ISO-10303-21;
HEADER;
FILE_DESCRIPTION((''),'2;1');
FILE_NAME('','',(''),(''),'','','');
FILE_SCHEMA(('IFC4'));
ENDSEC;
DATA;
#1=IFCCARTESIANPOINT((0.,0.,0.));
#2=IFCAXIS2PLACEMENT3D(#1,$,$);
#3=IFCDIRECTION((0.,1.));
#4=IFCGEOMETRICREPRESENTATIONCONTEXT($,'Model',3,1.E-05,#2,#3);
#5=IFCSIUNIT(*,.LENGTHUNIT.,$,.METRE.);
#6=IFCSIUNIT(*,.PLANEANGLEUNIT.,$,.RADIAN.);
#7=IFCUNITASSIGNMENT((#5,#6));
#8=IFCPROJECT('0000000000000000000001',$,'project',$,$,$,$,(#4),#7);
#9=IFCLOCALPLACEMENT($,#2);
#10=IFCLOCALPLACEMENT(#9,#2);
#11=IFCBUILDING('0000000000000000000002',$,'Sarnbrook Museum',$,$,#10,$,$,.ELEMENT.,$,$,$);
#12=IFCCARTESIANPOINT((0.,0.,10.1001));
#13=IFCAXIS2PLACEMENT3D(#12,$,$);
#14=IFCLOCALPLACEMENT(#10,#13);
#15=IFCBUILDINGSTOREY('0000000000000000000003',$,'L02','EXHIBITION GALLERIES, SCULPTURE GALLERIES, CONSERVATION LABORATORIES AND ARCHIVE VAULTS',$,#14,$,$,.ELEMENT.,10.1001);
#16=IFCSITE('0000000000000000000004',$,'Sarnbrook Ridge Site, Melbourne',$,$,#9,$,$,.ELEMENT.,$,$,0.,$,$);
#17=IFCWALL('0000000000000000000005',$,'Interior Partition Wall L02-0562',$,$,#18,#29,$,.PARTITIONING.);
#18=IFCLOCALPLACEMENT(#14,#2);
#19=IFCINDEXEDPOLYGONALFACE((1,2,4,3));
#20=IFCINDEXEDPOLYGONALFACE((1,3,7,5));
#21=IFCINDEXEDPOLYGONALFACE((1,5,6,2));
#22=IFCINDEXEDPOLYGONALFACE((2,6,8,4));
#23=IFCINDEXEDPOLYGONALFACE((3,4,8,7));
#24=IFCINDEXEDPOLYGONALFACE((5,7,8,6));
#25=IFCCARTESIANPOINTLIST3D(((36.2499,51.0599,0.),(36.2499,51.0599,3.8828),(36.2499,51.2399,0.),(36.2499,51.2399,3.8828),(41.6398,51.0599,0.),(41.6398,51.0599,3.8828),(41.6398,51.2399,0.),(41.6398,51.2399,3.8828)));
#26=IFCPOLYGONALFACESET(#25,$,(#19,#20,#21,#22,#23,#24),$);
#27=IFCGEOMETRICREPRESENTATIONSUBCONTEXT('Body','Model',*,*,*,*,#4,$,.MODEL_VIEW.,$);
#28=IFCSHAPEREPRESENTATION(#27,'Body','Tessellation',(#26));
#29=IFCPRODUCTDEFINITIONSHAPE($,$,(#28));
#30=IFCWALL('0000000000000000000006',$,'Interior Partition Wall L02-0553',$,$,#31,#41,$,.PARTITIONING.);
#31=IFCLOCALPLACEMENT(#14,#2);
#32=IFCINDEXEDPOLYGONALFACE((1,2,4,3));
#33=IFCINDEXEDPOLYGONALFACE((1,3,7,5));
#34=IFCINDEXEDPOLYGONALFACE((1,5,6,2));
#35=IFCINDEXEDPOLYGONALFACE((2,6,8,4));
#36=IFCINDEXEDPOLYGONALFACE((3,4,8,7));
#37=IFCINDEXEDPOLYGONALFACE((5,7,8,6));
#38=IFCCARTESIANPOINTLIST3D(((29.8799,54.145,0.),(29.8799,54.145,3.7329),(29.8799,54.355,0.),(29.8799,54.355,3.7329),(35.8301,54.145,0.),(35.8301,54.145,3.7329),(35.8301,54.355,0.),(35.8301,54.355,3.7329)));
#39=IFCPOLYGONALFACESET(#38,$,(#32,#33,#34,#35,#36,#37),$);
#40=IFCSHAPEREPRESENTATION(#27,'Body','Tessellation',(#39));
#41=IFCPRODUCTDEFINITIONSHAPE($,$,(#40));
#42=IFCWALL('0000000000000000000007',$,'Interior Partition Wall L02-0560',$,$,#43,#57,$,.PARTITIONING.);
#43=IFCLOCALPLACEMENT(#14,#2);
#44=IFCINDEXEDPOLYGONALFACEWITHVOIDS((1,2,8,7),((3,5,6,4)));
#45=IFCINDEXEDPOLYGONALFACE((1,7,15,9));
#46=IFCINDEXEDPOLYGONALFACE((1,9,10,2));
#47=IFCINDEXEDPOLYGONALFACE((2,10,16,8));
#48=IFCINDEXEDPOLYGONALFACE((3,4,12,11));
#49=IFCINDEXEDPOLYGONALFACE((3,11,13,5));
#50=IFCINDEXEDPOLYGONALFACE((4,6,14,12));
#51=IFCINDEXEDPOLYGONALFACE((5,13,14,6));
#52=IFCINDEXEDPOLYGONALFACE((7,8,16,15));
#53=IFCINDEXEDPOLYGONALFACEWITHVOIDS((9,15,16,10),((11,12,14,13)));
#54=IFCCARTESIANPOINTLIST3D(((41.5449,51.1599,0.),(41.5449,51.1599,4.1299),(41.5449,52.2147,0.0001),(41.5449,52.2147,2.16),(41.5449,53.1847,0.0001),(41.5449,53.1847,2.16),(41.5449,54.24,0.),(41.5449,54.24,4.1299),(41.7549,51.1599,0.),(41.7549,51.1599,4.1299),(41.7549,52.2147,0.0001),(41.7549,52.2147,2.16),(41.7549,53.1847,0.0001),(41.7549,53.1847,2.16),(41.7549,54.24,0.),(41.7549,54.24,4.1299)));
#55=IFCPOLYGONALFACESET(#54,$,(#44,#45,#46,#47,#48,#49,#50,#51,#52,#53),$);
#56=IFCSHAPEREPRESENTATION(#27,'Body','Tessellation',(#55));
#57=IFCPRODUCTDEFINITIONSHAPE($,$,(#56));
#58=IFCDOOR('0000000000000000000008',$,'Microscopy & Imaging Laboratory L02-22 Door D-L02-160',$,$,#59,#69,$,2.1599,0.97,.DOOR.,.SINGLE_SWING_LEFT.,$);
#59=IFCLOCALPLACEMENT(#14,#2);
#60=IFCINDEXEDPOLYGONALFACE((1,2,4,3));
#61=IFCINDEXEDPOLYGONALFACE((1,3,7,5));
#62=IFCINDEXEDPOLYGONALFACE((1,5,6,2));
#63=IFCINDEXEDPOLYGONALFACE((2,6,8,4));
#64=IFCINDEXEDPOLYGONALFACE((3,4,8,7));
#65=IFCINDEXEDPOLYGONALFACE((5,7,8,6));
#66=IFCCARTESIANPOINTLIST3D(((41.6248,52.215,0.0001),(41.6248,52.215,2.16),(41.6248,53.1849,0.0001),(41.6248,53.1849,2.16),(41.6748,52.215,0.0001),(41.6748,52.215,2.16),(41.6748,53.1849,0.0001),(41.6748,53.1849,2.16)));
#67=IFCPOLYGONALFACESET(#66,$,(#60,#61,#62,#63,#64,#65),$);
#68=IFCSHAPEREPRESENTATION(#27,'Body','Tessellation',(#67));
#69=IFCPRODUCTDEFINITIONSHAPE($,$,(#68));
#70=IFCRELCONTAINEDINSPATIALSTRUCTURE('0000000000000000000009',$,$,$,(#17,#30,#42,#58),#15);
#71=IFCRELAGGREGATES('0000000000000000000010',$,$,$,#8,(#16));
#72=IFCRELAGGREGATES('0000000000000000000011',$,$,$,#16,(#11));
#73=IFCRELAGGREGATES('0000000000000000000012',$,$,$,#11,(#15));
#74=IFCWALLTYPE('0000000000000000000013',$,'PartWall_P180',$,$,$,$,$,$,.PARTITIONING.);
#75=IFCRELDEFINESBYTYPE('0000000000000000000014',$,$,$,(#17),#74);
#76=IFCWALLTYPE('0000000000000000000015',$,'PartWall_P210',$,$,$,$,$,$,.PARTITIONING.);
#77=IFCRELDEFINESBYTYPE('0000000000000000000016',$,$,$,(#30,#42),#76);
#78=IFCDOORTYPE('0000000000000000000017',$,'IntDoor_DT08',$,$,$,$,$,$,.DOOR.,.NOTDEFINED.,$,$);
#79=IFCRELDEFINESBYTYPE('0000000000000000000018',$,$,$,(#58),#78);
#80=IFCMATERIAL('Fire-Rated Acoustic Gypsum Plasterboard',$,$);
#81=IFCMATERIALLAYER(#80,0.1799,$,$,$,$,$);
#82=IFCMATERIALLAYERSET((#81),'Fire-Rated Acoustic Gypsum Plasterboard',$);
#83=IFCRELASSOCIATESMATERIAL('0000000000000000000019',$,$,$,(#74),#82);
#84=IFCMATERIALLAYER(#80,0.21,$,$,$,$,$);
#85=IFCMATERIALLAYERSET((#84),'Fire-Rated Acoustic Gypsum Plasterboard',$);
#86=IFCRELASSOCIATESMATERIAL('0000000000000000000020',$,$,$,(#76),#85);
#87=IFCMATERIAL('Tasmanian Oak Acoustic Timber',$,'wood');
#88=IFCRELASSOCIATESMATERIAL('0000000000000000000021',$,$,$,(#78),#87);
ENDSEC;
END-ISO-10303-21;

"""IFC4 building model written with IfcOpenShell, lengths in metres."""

from ifc_helpers import new_model, si_unit, direction, frame, frame_2d, origin, place, context, subcontext, project, spatial, rectangle, extrude, material, layer, layer_set, type_object, element, fill, save


model = new_model("IFC4")

# Units and contexts
model_context = context("Model", 3, precision=1e-05, world=origin(), true_north=direction((0.0, 1.0)))
body_context = subcontext(model_context, "Body", "Model", "MODEL_VIEW")
ifc_project = project(units=[si_unit("LENGTHUNIT", "METRE"), si_unit("PLANEANGLEUNIT", "RADIAN")], contexts=[model_context])

# Site, building, storey
site_placement = place(None, origin())
site = spatial("IfcSite", under=ifc_project, at=site_placement, Name="Sarnbrook Ridge Site, Melbourne", CompositionType="ELEMENT", RefElevation=0.0)
building_placement = place(site_placement, origin())
building = spatial("IfcBuilding", under=site, at=building_placement, Name="Sarnbrook Museum", CompositionType="ELEMENT")
storey_placement = place(building_placement, frame((0.0, 0.0, 10.1001)))
storey = spatial("IfcBuildingStorey", under=building, at=storey_placement, Name="L02", Description="EXHIBITION GALLERIES, SCULPTURE GALLERIES, CONSERVATION LABORATORIES AND ARCHIVE VAULTS", CompositionType="ELEMENT", Elevation=10.1001)

# Walls
ifc_material_1 = material(Name="Fire-Rated Acoustic Gypsum Plasterboard")
ifc_layer_1 = layer(ifc_material_1, 0.1799)
ifc_layer_set_1 = layer_set([ifc_layer_1], Name="Fire-Rated Acoustic Gypsum Plasterboard")
wall_type_1 = type_object("IfcWallType", Name="PartWall_P180", PredefinedType="PARTITIONING", material=ifc_layer_set_1)
wall_1_placement = place(storey_placement, frame((36.25, 51.1499, 0.0), z_axis=(0.0, 0.0, 1.0), x_axis=(1.0, 0.0, 0.0)))
element("IfcWall", 1, at=wall_1_placement, inside=storey, type_object=wall_type_1, Name="Interior Partition Wall L02-0562", PredefinedType="PARTITIONING", context=body_context, shape_type="SweptSolid", body=[
    extrude(rectangle(XDim=5.3899, YDim=0.1799, at=frame_2d((2.6948, 0.0))), origin(), (0.0, 0.0, 1.0), 3.8828),
])
ifc_layer_2 = layer(ifc_material_1, 0.21)
ifc_layer_set_2 = layer_set([ifc_layer_2], Name="Fire-Rated Acoustic Gypsum Plasterboard")
wall_type_2 = type_object("IfcWallType", Name="PartWall_P210", PredefinedType="PARTITIONING", material=ifc_layer_set_2)
wall_2_placement = place(storey_placement, frame((35.8301, 54.25, 0.0), z_axis=(0.0, 0.0, 1.0), x_axis=(-1.0, 0.0, 0.0)))
element("IfcWall", 2, at=wall_2_placement, inside=storey, type_object=wall_type_2, Name="Interior Partition Wall L02-0553", PredefinedType="PARTITIONING", context=body_context, shape_type="SweptSolid", body=[
    extrude(rectangle(XDim=5.9502, YDim=0.21, at=frame_2d((2.9751, 0.0))), origin(), (0.0, 0.0, 1.0), 3.7329),
])

# Wall, opening, door
wall_3_placement = place(storey_placement, frame((41.6499, 51.1599, 0.0), z_axis=(0.0, 0.0, 1.0), x_axis=(0.0, 1.0, 0.0)))
wall_3 = element("IfcWall", 3, at=wall_3_placement, inside=storey, type_object=wall_type_2, Name="Interior Partition Wall L02-0560", PredefinedType="PARTITIONING", context=body_context, shape_type="SweptSolid", body=[
    extrude(rectangle(XDim=3.0801, YDim=0.21, at=frame_2d((1.54, 0.0))), origin(), (0.0, 0.0, 1.0), 4.1299),
])
opening_placement = place(wall_3_placement, frame((1.0549, 0.0, 0.0)))
opening = element("IfcOpeningElement", 4, at=opening_placement, cuts=wall_3, PredefinedType="OPENING", context=body_context, shape_type="SweptSolid", body=[
    extrude(rectangle(XDim=0.97, YDim=2.1599, at=frame_2d((0.4849, 1.0801))), frame((0.0, 0.115, 0.0), z_axis=(0.0, -1.0, 0.0), x_axis=(1.0, 0.0, 0.0)), (0.0, 0.0, 1.0), 0.23),
])
ifc_material_2 = material(Name="Tasmanian Oak Acoustic Timber", Category="wood")
door_type = type_object("IfcDoorType", Name="IntDoor_DT08", OperationType="NOTDEFINED", PredefinedType="DOOR", material=ifc_material_2)
door_placement = place(opening_placement, frame((0.97, 0.0, 0.0), z_axis=(0.0, 0.0, 1.0), x_axis=(-1.0, 0.0, 0.0)))
door = element("IfcDoor", 5, at=door_placement, inside=storey, type_object=door_type, Name="Microscopy & Imaging Laboratory L02-22 Door D-L02-160", OperationType="SINGLE_SWING_LEFT", OverallHeight=2.1599, OverallWidth=0.97, PredefinedType="DOOR", context=body_context, shape_type="SweptSolid", body=[
    extrude(rectangle(XDim=0.97, YDim=2.1599, at=frame_2d((0.4849, 1.0801))), frame((0.0, 0.0249, 0.0), z_axis=(0.0, -1.0, 0.0), x_axis=(1.0, 0.0, 0.0)), (0.0, 0.0, 1.0), 0.05),
])
fill(opening, door)

save(model, "model.ifc")
